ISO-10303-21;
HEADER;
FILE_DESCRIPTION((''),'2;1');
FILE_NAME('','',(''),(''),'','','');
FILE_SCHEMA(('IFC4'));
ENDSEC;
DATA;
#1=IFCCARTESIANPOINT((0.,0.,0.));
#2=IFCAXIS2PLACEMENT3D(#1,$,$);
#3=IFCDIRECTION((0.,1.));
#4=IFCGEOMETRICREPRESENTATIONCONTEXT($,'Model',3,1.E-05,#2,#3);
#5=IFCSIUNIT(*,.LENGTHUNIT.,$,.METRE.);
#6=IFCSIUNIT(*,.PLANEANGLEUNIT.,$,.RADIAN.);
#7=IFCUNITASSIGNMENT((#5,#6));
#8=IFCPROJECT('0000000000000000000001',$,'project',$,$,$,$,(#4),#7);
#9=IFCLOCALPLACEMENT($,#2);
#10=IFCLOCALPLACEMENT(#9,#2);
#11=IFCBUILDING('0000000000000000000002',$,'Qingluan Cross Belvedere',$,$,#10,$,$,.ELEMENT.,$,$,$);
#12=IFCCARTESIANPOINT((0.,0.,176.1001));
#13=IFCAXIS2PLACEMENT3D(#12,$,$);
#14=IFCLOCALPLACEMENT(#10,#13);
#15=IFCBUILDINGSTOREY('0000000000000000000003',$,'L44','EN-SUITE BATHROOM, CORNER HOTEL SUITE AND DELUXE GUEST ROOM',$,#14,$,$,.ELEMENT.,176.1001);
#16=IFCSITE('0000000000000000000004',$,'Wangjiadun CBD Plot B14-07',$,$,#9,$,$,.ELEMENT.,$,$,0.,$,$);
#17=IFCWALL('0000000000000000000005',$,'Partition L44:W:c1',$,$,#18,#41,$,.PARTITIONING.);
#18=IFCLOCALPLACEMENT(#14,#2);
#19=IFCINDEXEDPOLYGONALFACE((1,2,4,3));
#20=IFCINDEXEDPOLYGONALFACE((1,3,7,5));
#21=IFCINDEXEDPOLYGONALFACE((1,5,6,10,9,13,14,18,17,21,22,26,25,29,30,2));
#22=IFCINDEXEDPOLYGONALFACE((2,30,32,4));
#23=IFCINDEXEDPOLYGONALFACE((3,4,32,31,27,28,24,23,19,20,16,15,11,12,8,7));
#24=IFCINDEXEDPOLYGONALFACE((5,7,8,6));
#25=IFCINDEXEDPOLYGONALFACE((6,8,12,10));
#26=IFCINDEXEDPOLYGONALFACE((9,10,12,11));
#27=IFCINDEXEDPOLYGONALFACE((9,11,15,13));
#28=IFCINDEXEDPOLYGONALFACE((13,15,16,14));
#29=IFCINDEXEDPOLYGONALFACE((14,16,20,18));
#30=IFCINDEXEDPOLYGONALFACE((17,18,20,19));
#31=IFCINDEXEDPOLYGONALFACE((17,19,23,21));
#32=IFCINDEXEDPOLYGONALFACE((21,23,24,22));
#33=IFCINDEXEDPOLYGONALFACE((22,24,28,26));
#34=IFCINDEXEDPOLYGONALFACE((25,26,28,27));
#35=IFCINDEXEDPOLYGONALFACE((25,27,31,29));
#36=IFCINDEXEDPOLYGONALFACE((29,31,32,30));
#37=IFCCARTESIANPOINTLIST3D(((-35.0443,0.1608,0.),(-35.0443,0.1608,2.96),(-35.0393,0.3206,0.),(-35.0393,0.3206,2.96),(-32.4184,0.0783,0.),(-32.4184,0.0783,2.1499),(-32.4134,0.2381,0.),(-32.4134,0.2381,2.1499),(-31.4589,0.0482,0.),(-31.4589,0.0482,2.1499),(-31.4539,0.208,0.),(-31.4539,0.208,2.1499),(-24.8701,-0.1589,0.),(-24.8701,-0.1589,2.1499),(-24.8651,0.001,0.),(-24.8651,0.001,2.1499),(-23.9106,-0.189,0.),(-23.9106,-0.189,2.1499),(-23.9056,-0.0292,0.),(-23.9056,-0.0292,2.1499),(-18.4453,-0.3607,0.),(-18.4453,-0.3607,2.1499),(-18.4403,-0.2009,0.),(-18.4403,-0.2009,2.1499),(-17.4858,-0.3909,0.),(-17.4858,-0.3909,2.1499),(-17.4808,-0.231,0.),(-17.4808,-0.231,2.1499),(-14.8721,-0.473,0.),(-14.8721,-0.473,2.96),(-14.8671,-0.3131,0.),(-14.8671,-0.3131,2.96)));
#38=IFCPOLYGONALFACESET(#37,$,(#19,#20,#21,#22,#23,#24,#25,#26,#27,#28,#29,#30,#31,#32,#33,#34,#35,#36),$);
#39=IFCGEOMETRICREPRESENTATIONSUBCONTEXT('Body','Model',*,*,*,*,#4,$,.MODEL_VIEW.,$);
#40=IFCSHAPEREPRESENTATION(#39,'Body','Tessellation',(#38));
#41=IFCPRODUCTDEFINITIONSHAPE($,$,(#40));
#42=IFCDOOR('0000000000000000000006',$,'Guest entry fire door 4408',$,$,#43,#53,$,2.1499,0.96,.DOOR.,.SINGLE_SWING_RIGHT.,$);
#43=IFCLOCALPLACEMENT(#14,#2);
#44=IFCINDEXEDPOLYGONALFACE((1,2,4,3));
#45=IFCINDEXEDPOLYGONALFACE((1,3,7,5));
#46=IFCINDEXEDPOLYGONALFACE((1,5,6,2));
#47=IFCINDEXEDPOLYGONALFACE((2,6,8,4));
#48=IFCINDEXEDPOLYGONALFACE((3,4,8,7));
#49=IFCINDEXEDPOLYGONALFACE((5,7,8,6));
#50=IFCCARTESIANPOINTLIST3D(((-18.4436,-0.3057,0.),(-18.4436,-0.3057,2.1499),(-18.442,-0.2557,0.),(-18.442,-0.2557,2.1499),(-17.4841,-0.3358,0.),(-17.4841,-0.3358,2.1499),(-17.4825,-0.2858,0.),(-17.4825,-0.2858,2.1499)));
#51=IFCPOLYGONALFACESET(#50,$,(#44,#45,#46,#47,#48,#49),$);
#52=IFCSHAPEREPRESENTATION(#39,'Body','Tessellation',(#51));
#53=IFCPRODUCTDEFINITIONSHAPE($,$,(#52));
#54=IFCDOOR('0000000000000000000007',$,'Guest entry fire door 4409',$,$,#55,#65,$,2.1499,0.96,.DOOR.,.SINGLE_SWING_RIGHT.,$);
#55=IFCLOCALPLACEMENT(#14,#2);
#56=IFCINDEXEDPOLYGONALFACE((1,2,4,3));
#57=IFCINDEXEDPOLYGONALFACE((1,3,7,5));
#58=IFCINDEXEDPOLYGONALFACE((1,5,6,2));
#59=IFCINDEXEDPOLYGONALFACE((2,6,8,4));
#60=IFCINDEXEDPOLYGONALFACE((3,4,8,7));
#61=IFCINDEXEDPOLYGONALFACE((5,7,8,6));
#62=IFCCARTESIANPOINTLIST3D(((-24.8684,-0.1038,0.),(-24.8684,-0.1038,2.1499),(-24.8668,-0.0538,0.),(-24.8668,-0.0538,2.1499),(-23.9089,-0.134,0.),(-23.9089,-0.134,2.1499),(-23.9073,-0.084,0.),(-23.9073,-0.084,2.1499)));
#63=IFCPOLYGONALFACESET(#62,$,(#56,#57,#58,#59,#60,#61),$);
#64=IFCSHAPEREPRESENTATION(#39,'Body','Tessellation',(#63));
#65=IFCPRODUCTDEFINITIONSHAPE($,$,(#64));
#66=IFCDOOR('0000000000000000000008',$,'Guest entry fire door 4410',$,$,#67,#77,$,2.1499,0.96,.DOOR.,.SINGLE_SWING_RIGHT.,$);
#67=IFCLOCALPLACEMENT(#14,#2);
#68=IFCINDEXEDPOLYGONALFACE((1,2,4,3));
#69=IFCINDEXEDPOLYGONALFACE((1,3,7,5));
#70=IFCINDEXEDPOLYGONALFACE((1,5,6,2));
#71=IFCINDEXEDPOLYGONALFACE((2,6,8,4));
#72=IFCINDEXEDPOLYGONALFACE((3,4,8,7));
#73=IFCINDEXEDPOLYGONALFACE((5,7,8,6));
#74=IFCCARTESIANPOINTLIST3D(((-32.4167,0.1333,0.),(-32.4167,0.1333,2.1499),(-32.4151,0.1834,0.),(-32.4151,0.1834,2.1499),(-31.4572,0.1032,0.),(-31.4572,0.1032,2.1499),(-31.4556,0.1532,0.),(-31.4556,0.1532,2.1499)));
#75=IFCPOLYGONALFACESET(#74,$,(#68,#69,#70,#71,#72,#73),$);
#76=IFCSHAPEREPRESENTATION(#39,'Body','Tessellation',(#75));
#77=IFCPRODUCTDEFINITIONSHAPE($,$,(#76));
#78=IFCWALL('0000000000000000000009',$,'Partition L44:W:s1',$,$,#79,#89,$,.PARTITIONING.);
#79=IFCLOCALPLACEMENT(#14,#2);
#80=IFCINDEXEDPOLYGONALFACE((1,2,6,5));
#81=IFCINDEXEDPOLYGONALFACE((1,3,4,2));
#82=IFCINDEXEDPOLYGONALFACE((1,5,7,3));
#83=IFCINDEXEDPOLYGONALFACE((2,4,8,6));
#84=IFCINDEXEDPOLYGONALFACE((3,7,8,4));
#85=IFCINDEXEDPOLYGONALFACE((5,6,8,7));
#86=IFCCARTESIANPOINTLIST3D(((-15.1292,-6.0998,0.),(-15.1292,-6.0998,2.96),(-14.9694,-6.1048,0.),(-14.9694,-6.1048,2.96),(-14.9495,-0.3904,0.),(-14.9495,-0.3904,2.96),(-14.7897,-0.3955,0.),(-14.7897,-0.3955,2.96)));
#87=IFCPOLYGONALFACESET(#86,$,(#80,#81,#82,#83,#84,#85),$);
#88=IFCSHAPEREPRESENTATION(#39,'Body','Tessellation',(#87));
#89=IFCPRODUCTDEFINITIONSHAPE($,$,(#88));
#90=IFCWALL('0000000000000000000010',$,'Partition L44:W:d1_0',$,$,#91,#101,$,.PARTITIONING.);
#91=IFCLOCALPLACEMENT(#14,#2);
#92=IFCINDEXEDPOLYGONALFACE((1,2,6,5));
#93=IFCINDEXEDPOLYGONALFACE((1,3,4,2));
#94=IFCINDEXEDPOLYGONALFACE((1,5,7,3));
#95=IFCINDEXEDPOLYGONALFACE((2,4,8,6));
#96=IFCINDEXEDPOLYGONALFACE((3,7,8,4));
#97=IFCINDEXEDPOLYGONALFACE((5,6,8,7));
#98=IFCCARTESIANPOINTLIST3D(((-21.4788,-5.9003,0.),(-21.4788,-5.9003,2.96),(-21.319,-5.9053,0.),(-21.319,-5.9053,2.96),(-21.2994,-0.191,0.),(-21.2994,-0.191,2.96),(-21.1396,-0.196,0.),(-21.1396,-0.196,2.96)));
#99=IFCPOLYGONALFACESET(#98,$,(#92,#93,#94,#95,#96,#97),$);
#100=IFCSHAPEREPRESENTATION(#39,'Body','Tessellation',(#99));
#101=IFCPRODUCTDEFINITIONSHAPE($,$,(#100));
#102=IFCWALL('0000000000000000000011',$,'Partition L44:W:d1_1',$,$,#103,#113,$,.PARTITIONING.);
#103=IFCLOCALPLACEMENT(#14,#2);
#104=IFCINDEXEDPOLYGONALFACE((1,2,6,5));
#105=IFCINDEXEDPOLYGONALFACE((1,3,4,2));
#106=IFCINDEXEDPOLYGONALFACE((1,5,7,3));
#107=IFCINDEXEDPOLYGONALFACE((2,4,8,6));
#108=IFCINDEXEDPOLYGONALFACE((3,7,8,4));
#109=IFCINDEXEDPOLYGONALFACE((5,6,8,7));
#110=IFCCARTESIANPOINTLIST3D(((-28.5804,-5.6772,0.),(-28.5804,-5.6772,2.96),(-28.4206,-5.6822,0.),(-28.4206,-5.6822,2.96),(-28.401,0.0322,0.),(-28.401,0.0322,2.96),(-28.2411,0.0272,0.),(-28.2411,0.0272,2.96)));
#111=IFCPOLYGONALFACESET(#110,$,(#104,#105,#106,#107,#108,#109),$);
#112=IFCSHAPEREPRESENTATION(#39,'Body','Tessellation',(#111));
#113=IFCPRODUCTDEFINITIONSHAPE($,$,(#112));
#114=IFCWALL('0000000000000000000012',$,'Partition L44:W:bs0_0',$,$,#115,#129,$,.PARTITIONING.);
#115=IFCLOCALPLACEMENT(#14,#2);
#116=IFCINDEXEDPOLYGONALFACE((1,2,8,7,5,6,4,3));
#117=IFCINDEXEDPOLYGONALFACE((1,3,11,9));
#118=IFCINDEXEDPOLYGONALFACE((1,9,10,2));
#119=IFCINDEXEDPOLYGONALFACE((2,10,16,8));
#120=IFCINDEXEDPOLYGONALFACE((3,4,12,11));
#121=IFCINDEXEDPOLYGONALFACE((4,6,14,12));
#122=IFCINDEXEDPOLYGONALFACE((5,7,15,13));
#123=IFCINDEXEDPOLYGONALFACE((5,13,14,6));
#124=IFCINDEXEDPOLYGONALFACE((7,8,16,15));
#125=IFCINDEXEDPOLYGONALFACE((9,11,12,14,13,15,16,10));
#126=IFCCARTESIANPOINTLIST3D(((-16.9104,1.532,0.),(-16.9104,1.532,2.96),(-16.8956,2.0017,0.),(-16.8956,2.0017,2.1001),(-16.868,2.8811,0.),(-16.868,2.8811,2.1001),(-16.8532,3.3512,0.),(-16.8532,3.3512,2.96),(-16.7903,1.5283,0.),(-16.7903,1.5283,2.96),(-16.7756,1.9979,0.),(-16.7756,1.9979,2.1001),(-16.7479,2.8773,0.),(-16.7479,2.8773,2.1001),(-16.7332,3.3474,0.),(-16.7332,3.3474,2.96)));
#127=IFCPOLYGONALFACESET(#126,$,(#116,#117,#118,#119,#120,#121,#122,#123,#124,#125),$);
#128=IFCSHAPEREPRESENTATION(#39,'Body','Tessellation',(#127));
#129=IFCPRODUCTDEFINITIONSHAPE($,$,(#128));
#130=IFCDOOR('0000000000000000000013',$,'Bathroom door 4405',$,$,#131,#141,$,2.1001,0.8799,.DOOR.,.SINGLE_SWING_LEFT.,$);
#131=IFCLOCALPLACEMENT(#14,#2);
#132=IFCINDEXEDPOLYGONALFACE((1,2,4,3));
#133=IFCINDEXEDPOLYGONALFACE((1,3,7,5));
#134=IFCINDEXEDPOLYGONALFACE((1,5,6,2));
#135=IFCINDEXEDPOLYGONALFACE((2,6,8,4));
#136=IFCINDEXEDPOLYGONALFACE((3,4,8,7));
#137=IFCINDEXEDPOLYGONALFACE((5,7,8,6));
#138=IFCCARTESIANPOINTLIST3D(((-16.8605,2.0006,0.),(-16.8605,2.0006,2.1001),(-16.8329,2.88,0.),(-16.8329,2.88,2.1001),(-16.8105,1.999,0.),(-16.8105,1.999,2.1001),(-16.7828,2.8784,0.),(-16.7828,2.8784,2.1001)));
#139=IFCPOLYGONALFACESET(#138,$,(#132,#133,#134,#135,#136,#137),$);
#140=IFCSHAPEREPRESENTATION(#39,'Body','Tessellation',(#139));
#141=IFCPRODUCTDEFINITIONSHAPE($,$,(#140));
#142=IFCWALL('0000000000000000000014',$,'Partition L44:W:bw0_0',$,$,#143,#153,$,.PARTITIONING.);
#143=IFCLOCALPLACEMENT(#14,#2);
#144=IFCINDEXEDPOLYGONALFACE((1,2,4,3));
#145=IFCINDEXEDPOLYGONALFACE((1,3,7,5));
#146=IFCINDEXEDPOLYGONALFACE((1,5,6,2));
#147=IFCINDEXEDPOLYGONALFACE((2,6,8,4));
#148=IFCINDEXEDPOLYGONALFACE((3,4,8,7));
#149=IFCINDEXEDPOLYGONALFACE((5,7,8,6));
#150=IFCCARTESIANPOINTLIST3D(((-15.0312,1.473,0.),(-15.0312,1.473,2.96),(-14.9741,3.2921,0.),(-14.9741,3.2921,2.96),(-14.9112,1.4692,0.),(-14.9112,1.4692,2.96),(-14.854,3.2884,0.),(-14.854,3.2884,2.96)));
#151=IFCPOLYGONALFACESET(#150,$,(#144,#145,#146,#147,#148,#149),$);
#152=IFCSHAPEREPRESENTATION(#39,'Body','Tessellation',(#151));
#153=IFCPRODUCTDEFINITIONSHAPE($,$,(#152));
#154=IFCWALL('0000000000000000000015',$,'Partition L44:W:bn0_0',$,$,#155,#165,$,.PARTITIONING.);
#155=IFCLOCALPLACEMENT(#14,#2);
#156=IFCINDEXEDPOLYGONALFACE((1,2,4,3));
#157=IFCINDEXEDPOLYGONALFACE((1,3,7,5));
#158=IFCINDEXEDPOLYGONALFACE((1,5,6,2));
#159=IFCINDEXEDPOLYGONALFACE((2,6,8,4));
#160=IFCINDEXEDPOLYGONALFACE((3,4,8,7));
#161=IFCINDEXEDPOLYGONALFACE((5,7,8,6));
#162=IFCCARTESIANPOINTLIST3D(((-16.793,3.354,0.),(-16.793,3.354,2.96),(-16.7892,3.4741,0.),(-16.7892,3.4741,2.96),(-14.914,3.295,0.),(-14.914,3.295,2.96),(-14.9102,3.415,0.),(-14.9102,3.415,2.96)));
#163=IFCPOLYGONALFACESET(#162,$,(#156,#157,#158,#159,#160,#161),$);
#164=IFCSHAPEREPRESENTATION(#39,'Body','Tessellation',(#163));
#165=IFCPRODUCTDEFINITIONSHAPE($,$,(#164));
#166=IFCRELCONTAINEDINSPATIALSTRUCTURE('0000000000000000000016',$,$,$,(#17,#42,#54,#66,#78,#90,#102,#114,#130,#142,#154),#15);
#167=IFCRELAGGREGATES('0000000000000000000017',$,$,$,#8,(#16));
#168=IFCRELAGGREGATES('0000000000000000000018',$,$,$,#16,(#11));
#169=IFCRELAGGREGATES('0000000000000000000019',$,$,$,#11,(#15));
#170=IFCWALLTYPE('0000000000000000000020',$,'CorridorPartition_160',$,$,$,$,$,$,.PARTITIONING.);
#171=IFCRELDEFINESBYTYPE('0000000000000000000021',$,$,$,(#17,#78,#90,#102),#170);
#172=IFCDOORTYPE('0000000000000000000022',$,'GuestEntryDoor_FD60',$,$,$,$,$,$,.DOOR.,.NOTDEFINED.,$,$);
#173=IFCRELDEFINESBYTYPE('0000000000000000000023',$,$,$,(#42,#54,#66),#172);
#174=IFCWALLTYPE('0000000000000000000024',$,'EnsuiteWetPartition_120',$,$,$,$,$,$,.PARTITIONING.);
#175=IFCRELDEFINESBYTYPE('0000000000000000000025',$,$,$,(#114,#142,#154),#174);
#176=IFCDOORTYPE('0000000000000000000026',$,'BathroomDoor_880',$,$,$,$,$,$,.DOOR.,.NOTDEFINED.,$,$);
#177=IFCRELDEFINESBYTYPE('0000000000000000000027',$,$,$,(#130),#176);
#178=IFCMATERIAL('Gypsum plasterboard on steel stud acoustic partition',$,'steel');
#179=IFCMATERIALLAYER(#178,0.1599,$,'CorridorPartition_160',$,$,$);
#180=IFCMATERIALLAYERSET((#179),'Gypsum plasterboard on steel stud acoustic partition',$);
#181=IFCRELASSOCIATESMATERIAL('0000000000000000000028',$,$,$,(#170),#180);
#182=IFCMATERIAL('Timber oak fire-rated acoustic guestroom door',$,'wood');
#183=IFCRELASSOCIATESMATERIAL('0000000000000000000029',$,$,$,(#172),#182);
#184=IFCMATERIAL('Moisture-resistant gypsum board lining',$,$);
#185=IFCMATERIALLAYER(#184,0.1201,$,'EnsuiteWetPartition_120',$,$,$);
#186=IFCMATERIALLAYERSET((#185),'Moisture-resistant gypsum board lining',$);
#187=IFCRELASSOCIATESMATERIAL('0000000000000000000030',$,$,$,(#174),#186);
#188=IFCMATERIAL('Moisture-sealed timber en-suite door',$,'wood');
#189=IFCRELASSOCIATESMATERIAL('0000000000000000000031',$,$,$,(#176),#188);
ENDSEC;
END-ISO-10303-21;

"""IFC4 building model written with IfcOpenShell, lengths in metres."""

from ifc_helpers import new_model, si_unit, direction, frame, frame_2d, origin, place, context, subcontext, project, spatial, rectangle, extrude, material, layer, layer_set, type_object, element, fill, save


model = new_model("IFC4")

# Units and contexts
model_context = context("Model", 3, precision=1e-05, world=origin(), true_north=direction((0.0, 1.0)))
body_context = subcontext(model_context, "Body", "Model", "MODEL_VIEW")
ifc_project = project(units=[si_unit("LENGTHUNIT", "METRE"), si_unit("PLANEANGLEUNIT", "RADIAN")], contexts=[model_context])

# Site, building, storey
site_placement = place(None, origin())
site = spatial("IfcSite", under=ifc_project, at=site_placement, Name="Wangjiadun CBD Plot B14-07", CompositionType="ELEMENT", RefElevation=0.0)
building_placement = place(site_placement, origin())
building = spatial("IfcBuilding", under=site, at=building_placement, Name="Qingluan Cross Belvedere", CompositionType="ELEMENT")
storey_placement = place(building_placement, frame((0.0, 0.0, 176.1001)))
storey = spatial("IfcBuildingStorey", under=building, at=storey_placement, Name="L44", Description="EN-SUITE BATHROOM, CORNER HOTEL SUITE AND DELUXE GUEST ROOM", CompositionType="ELEMENT", Elevation=176.1001)

# Shared definitions
ifc_material_1 = material(Name="Gypsum plasterboard on steel stud acoustic partition", Category="steel")
ifc_layer_1 = layer(ifc_material_1, 0.1599, Name="CorridorPartition_160")
ifc_layer_set_1 = layer_set([ifc_layer_1], Name="Gypsum plasterboard on steel stud acoustic partition")
wall_type_1 = type_object("IfcWallType", Name="CorridorPartition_160", PredefinedType="PARTITIONING", material=ifc_layer_set_1)
ifc_material_2 = material(Name="Timber oak fire-rated acoustic guestroom door", Category="wood")
door_type_1 = type_object("IfcDoorType", Name="GuestEntryDoor_FD60", OperationType="NOTDEFINED", PredefinedType="DOOR", material=ifc_material_2)

# Wall, openings, doors
wall_1_placement = place(storey_placement, frame((-14.8696, -0.3931, 0.0), z_axis=(0.0, 0.0, 1.0), x_axis=(-0.999507, 0.031404, 0.0)))
wall_1 = element("IfcWall", 1, at=wall_1_placement, inside=storey, type_object=wall_type_1, Name="Partition L44:W:c1", PredefinedType="PARTITIONING", context=body_context, shape_type="SweptSolid", body=[
    extrude(rectangle(XDim=20.1821, YDim=0.1599, at=frame_2d((10.0911, 0.0))), origin(), (0.0, 0.0, 1.0), 2.96),
])
opening_1_placement = place(wall_1_placement, frame((2.615, 0.0, 0.0)))
opening_1 = element("IfcOpeningElement", 2, at=opening_1_placement, cuts=wall_1, PredefinedType="OPENING", context=body_context, shape_type="SweptSolid", body=[
    extrude(rectangle(XDim=0.96, YDim=2.1499, at=frame_2d((0.48, 1.075))), frame((0.0, 0.0898, 0.0), z_axis=(0.0, -1.0, 0.0), x_axis=(1.0, 0.0, 0.0)), (0.0, 0.0, 1.0), 0.1799),
])
opening_2_placement = place(wall_1_placement, frame((9.043, 0.0, 0.0)))
opening_2 = element("IfcOpeningElement", 3, at=opening_2_placement, cuts=wall_1, PredefinedType="OPENING", context=body_context, shape_type="SweptSolid", body=[
    extrude(rectangle(XDim=0.96, YDim=2.1499, at=frame_2d((0.48, 1.075))), frame((0.0, 0.0898, 0.0), z_axis=(0.0, -1.0, 0.0), x_axis=(1.0, 0.0, 0.0)), (0.0, 0.0, 1.0), 0.1799),
])
opening_3_placement = place(wall_1_placement, frame((16.595, 0.0, 0.0)))
opening_3 = element("IfcOpeningElement", 4, at=opening_3_placement, cuts=wall_1, PredefinedType="OPENING", context=body_context, shape_type="SweptSolid", body=[
    extrude(rectangle(XDim=0.96, YDim=2.1499, at=frame_2d((0.48, 1.075))), frame((0.0, 0.0898, 0.0), z_axis=(0.0, -1.0, 0.0), x_axis=(1.0, 0.0, 0.0)), (0.0, 0.0, 1.0), 0.1799),
])
door_1_placement = place(opening_1_placement, origin())
door_1 = element("IfcDoor", 5, at=door_1_placement, inside=storey, type_object=door_type_1, Name="Guest entry fire door 4408", OperationType="SINGLE_SWING_RIGHT", OverallHeight=2.1499, OverallWidth=0.96, PredefinedType="DOOR", context=body_context, shape_type="SweptSolid", body=[
    extrude(rectangle(XDim=0.96, YDim=2.1499, at=frame_2d((0.48, 1.075))), frame((0.0, 0.0249, 0.0), z_axis=(0.0, -1.0, 0.0), x_axis=(1.0, 0.0, 0.0)), (0.0, 0.0, 1.0), 0.05),
])
fill(opening_1, door_1)
door_2_placement = place(opening_2_placement, origin())
door_2 = element("IfcDoor", 6, at=door_2_placement, inside=storey, type_object=door_type_1, Name="Guest entry fire door 4409", OperationType="SINGLE_SWING_RIGHT", OverallHeight=2.1499, OverallWidth=0.96, PredefinedType="DOOR", context=body_context, shape_type="SweptSolid", body=[
    extrude(rectangle(XDim=0.96, YDim=2.1499, at=frame_2d((0.48, 1.075))), frame((0.0, 0.0249, 0.0), z_axis=(0.0, -1.0, 0.0), x_axis=(1.0, 0.0, 0.0)), (0.0, 0.0, 1.0), 0.05),
])
fill(opening_2, door_2)
door_3_placement = place(opening_3_placement, origin())
door_3 = element("IfcDoor", 7, at=door_3_placement, inside=storey, type_object=door_type_1, Name="Guest entry fire door 4410", OperationType="SINGLE_SWING_RIGHT", OverallHeight=2.1499, OverallWidth=0.96, PredefinedType="DOOR", context=body_context, shape_type="SweptSolid", body=[
    extrude(rectangle(XDim=0.96, YDim=2.1499, at=frame_2d((0.48, 1.075))), frame((0.0, 0.0249, 0.0), z_axis=(0.0, -1.0, 0.0), x_axis=(1.0, 0.0, 0.0)), (0.0, 0.0, 1.0), 0.05),
])
fill(opening_3, door_3)

# Walls
for number, where, z_axis, x_axis, name in (
    (8, (-14.8696, -0.3931, 0.0), (0.0, 0.0, 1.0), (-0.031458, -0.999505, 0.0), "Partition L44:W:s1"),
    (9, (-21.2195, -0.1936, 0.0), (0.0, 0.0, 1.0), (-0.031415, -0.999506, 0.0), "Partition L44:W:d1_0"),
    (10, (-28.321, 0.0295, 0.0), (0.0, 0.0, 1.0), (-0.031415, -0.999506, 0.0), "Partition L44:W:d1_1"),
):
    element("IfcWall", number, at=place(storey_placement, frame(where, z_axis=z_axis, x_axis=x_axis)), inside=storey, type_object=wall_type_1, Name=name, PredefinedType="PARTITIONING", context=body_context, shape_type="SweptSolid", body=[
        extrude(rectangle(XDim=5.7122, YDim=0.1599, at=frame_2d((2.856, 0.0))), origin(), (0.0, 0.0, 1.0), 2.96),
    ])

# Wall, opening, door
ifc_material_3 = material(Name="Moisture-resistant gypsum board lining")
ifc_layer_2 = layer(ifc_material_3, 0.1201, Name="EnsuiteWetPartition_120")
ifc_layer_set_2 = layer_set([ifc_layer_2], Name="Moisture-resistant gypsum board lining")
wall_type_2 = type_object("IfcWallType", Name="EnsuiteWetPartition_120", PredefinedType="PARTITIONING", material=ifc_layer_set_2)
wall_2_placement = place(storey_placement, frame((-16.8503, 1.53, 0.0), z_axis=(0.0, 0.0, 1.0), x_axis=(0.03139, 0.999507, 0.0)))
wall_2 = element("IfcWall", 11, at=wall_2_placement, inside=storey, type_object=wall_type_2, Name="Partition L44:W:bs0_0", PredefinedType="PARTITIONING", context=body_context, shape_type="SweptSolid", body=[
    extrude(rectangle(XDim=1.8201, YDim=0.1201, at=frame_2d((0.9102, 0.0))), origin(), (0.0, 0.0, 1.0), 2.96),
])
opening_4_placement = place(wall_2_placement, frame((0.47, 0.0, 0.0)))
opening_4 = element("IfcOpeningElement", 12, at=opening_4_placement, cuts=wall_2, PredefinedType="OPENING", context=body_context, shape_type="SweptSolid", body=[
    extrude(rectangle(XDim=0.8799, YDim=2.1001, at=frame_2d((0.4399, 1.05))), frame((0.0, 0.0701, 0.0), z_axis=(0.0, -1.0, 0.0), x_axis=(1.0, 0.0, 0.0)), (0.0, 0.0, 1.0), 0.1401),
])
ifc_material_4 = material(Name="Moisture-sealed timber en-suite door", Category="wood")
door_type_2 = type_object("IfcDoorType", Name="BathroomDoor_880", OperationType="NOTDEFINED", PredefinedType="DOOR", material=ifc_material_4)
door_4_placement = place(opening_4_placement, origin())
door_4 = element("IfcDoor", 13, at=door_4_placement, inside=storey, type_object=door_type_2, Name="Bathroom door 4405", OperationType="SINGLE_SWING_LEFT", OverallHeight=2.1001, OverallWidth=0.8799, PredefinedType="DOOR", context=body_context, shape_type="SweptSolid", body=[
    extrude(rectangle(XDim=0.8799, YDim=2.1001, at=frame_2d((0.4399, 1.05))), frame((0.0, 0.0249, 0.0), z_axis=(0.0, -1.0, 0.0), x_axis=(1.0, 0.0, 0.0)), (0.0, 0.0, 1.0), 0.05),
])
fill(opening_4, door_4)

# Walls
wall_3_placement = place(storey_placement, frame((-14.9712, 1.4709, 0.0), z_axis=(0.0, 0.0, 1.0), x_axis=(0.03139, 0.999507, 0.0)))
element("IfcWall", 14, at=wall_3_placement, inside=storey, type_object=wall_type_2, Name="Partition L44:W:bw0_0", PredefinedType="PARTITIONING", context=body_context, shape_type="SweptSolid", body=[
    extrude(rectangle(XDim=1.8201, YDim=0.1201, at=frame_2d((0.9102, 0.0))), origin(), (0.0, 0.0, 1.0), 2.96),
])
wall_4_placement = place(storey_placement, frame((-14.9121, 3.355, 0.0), z_axis=(0.0, 0.0, 1.0), x_axis=(-0.999506, 0.031429, 0.0)))
element("IfcWall", 15, at=wall_4_placement, inside=storey, type_object=wall_type_2, Name="Partition L44:W:bn0_0", PredefinedType="PARTITIONING", context=body_context, shape_type="SweptSolid", body=[
    extrude(rectangle(XDim=1.8799, YDim=0.1201, at=frame_2d((0.9399, 0.0))), origin(), (0.0, 0.0, 1.0), 2.96),
])

save(model, "model.ifc")
